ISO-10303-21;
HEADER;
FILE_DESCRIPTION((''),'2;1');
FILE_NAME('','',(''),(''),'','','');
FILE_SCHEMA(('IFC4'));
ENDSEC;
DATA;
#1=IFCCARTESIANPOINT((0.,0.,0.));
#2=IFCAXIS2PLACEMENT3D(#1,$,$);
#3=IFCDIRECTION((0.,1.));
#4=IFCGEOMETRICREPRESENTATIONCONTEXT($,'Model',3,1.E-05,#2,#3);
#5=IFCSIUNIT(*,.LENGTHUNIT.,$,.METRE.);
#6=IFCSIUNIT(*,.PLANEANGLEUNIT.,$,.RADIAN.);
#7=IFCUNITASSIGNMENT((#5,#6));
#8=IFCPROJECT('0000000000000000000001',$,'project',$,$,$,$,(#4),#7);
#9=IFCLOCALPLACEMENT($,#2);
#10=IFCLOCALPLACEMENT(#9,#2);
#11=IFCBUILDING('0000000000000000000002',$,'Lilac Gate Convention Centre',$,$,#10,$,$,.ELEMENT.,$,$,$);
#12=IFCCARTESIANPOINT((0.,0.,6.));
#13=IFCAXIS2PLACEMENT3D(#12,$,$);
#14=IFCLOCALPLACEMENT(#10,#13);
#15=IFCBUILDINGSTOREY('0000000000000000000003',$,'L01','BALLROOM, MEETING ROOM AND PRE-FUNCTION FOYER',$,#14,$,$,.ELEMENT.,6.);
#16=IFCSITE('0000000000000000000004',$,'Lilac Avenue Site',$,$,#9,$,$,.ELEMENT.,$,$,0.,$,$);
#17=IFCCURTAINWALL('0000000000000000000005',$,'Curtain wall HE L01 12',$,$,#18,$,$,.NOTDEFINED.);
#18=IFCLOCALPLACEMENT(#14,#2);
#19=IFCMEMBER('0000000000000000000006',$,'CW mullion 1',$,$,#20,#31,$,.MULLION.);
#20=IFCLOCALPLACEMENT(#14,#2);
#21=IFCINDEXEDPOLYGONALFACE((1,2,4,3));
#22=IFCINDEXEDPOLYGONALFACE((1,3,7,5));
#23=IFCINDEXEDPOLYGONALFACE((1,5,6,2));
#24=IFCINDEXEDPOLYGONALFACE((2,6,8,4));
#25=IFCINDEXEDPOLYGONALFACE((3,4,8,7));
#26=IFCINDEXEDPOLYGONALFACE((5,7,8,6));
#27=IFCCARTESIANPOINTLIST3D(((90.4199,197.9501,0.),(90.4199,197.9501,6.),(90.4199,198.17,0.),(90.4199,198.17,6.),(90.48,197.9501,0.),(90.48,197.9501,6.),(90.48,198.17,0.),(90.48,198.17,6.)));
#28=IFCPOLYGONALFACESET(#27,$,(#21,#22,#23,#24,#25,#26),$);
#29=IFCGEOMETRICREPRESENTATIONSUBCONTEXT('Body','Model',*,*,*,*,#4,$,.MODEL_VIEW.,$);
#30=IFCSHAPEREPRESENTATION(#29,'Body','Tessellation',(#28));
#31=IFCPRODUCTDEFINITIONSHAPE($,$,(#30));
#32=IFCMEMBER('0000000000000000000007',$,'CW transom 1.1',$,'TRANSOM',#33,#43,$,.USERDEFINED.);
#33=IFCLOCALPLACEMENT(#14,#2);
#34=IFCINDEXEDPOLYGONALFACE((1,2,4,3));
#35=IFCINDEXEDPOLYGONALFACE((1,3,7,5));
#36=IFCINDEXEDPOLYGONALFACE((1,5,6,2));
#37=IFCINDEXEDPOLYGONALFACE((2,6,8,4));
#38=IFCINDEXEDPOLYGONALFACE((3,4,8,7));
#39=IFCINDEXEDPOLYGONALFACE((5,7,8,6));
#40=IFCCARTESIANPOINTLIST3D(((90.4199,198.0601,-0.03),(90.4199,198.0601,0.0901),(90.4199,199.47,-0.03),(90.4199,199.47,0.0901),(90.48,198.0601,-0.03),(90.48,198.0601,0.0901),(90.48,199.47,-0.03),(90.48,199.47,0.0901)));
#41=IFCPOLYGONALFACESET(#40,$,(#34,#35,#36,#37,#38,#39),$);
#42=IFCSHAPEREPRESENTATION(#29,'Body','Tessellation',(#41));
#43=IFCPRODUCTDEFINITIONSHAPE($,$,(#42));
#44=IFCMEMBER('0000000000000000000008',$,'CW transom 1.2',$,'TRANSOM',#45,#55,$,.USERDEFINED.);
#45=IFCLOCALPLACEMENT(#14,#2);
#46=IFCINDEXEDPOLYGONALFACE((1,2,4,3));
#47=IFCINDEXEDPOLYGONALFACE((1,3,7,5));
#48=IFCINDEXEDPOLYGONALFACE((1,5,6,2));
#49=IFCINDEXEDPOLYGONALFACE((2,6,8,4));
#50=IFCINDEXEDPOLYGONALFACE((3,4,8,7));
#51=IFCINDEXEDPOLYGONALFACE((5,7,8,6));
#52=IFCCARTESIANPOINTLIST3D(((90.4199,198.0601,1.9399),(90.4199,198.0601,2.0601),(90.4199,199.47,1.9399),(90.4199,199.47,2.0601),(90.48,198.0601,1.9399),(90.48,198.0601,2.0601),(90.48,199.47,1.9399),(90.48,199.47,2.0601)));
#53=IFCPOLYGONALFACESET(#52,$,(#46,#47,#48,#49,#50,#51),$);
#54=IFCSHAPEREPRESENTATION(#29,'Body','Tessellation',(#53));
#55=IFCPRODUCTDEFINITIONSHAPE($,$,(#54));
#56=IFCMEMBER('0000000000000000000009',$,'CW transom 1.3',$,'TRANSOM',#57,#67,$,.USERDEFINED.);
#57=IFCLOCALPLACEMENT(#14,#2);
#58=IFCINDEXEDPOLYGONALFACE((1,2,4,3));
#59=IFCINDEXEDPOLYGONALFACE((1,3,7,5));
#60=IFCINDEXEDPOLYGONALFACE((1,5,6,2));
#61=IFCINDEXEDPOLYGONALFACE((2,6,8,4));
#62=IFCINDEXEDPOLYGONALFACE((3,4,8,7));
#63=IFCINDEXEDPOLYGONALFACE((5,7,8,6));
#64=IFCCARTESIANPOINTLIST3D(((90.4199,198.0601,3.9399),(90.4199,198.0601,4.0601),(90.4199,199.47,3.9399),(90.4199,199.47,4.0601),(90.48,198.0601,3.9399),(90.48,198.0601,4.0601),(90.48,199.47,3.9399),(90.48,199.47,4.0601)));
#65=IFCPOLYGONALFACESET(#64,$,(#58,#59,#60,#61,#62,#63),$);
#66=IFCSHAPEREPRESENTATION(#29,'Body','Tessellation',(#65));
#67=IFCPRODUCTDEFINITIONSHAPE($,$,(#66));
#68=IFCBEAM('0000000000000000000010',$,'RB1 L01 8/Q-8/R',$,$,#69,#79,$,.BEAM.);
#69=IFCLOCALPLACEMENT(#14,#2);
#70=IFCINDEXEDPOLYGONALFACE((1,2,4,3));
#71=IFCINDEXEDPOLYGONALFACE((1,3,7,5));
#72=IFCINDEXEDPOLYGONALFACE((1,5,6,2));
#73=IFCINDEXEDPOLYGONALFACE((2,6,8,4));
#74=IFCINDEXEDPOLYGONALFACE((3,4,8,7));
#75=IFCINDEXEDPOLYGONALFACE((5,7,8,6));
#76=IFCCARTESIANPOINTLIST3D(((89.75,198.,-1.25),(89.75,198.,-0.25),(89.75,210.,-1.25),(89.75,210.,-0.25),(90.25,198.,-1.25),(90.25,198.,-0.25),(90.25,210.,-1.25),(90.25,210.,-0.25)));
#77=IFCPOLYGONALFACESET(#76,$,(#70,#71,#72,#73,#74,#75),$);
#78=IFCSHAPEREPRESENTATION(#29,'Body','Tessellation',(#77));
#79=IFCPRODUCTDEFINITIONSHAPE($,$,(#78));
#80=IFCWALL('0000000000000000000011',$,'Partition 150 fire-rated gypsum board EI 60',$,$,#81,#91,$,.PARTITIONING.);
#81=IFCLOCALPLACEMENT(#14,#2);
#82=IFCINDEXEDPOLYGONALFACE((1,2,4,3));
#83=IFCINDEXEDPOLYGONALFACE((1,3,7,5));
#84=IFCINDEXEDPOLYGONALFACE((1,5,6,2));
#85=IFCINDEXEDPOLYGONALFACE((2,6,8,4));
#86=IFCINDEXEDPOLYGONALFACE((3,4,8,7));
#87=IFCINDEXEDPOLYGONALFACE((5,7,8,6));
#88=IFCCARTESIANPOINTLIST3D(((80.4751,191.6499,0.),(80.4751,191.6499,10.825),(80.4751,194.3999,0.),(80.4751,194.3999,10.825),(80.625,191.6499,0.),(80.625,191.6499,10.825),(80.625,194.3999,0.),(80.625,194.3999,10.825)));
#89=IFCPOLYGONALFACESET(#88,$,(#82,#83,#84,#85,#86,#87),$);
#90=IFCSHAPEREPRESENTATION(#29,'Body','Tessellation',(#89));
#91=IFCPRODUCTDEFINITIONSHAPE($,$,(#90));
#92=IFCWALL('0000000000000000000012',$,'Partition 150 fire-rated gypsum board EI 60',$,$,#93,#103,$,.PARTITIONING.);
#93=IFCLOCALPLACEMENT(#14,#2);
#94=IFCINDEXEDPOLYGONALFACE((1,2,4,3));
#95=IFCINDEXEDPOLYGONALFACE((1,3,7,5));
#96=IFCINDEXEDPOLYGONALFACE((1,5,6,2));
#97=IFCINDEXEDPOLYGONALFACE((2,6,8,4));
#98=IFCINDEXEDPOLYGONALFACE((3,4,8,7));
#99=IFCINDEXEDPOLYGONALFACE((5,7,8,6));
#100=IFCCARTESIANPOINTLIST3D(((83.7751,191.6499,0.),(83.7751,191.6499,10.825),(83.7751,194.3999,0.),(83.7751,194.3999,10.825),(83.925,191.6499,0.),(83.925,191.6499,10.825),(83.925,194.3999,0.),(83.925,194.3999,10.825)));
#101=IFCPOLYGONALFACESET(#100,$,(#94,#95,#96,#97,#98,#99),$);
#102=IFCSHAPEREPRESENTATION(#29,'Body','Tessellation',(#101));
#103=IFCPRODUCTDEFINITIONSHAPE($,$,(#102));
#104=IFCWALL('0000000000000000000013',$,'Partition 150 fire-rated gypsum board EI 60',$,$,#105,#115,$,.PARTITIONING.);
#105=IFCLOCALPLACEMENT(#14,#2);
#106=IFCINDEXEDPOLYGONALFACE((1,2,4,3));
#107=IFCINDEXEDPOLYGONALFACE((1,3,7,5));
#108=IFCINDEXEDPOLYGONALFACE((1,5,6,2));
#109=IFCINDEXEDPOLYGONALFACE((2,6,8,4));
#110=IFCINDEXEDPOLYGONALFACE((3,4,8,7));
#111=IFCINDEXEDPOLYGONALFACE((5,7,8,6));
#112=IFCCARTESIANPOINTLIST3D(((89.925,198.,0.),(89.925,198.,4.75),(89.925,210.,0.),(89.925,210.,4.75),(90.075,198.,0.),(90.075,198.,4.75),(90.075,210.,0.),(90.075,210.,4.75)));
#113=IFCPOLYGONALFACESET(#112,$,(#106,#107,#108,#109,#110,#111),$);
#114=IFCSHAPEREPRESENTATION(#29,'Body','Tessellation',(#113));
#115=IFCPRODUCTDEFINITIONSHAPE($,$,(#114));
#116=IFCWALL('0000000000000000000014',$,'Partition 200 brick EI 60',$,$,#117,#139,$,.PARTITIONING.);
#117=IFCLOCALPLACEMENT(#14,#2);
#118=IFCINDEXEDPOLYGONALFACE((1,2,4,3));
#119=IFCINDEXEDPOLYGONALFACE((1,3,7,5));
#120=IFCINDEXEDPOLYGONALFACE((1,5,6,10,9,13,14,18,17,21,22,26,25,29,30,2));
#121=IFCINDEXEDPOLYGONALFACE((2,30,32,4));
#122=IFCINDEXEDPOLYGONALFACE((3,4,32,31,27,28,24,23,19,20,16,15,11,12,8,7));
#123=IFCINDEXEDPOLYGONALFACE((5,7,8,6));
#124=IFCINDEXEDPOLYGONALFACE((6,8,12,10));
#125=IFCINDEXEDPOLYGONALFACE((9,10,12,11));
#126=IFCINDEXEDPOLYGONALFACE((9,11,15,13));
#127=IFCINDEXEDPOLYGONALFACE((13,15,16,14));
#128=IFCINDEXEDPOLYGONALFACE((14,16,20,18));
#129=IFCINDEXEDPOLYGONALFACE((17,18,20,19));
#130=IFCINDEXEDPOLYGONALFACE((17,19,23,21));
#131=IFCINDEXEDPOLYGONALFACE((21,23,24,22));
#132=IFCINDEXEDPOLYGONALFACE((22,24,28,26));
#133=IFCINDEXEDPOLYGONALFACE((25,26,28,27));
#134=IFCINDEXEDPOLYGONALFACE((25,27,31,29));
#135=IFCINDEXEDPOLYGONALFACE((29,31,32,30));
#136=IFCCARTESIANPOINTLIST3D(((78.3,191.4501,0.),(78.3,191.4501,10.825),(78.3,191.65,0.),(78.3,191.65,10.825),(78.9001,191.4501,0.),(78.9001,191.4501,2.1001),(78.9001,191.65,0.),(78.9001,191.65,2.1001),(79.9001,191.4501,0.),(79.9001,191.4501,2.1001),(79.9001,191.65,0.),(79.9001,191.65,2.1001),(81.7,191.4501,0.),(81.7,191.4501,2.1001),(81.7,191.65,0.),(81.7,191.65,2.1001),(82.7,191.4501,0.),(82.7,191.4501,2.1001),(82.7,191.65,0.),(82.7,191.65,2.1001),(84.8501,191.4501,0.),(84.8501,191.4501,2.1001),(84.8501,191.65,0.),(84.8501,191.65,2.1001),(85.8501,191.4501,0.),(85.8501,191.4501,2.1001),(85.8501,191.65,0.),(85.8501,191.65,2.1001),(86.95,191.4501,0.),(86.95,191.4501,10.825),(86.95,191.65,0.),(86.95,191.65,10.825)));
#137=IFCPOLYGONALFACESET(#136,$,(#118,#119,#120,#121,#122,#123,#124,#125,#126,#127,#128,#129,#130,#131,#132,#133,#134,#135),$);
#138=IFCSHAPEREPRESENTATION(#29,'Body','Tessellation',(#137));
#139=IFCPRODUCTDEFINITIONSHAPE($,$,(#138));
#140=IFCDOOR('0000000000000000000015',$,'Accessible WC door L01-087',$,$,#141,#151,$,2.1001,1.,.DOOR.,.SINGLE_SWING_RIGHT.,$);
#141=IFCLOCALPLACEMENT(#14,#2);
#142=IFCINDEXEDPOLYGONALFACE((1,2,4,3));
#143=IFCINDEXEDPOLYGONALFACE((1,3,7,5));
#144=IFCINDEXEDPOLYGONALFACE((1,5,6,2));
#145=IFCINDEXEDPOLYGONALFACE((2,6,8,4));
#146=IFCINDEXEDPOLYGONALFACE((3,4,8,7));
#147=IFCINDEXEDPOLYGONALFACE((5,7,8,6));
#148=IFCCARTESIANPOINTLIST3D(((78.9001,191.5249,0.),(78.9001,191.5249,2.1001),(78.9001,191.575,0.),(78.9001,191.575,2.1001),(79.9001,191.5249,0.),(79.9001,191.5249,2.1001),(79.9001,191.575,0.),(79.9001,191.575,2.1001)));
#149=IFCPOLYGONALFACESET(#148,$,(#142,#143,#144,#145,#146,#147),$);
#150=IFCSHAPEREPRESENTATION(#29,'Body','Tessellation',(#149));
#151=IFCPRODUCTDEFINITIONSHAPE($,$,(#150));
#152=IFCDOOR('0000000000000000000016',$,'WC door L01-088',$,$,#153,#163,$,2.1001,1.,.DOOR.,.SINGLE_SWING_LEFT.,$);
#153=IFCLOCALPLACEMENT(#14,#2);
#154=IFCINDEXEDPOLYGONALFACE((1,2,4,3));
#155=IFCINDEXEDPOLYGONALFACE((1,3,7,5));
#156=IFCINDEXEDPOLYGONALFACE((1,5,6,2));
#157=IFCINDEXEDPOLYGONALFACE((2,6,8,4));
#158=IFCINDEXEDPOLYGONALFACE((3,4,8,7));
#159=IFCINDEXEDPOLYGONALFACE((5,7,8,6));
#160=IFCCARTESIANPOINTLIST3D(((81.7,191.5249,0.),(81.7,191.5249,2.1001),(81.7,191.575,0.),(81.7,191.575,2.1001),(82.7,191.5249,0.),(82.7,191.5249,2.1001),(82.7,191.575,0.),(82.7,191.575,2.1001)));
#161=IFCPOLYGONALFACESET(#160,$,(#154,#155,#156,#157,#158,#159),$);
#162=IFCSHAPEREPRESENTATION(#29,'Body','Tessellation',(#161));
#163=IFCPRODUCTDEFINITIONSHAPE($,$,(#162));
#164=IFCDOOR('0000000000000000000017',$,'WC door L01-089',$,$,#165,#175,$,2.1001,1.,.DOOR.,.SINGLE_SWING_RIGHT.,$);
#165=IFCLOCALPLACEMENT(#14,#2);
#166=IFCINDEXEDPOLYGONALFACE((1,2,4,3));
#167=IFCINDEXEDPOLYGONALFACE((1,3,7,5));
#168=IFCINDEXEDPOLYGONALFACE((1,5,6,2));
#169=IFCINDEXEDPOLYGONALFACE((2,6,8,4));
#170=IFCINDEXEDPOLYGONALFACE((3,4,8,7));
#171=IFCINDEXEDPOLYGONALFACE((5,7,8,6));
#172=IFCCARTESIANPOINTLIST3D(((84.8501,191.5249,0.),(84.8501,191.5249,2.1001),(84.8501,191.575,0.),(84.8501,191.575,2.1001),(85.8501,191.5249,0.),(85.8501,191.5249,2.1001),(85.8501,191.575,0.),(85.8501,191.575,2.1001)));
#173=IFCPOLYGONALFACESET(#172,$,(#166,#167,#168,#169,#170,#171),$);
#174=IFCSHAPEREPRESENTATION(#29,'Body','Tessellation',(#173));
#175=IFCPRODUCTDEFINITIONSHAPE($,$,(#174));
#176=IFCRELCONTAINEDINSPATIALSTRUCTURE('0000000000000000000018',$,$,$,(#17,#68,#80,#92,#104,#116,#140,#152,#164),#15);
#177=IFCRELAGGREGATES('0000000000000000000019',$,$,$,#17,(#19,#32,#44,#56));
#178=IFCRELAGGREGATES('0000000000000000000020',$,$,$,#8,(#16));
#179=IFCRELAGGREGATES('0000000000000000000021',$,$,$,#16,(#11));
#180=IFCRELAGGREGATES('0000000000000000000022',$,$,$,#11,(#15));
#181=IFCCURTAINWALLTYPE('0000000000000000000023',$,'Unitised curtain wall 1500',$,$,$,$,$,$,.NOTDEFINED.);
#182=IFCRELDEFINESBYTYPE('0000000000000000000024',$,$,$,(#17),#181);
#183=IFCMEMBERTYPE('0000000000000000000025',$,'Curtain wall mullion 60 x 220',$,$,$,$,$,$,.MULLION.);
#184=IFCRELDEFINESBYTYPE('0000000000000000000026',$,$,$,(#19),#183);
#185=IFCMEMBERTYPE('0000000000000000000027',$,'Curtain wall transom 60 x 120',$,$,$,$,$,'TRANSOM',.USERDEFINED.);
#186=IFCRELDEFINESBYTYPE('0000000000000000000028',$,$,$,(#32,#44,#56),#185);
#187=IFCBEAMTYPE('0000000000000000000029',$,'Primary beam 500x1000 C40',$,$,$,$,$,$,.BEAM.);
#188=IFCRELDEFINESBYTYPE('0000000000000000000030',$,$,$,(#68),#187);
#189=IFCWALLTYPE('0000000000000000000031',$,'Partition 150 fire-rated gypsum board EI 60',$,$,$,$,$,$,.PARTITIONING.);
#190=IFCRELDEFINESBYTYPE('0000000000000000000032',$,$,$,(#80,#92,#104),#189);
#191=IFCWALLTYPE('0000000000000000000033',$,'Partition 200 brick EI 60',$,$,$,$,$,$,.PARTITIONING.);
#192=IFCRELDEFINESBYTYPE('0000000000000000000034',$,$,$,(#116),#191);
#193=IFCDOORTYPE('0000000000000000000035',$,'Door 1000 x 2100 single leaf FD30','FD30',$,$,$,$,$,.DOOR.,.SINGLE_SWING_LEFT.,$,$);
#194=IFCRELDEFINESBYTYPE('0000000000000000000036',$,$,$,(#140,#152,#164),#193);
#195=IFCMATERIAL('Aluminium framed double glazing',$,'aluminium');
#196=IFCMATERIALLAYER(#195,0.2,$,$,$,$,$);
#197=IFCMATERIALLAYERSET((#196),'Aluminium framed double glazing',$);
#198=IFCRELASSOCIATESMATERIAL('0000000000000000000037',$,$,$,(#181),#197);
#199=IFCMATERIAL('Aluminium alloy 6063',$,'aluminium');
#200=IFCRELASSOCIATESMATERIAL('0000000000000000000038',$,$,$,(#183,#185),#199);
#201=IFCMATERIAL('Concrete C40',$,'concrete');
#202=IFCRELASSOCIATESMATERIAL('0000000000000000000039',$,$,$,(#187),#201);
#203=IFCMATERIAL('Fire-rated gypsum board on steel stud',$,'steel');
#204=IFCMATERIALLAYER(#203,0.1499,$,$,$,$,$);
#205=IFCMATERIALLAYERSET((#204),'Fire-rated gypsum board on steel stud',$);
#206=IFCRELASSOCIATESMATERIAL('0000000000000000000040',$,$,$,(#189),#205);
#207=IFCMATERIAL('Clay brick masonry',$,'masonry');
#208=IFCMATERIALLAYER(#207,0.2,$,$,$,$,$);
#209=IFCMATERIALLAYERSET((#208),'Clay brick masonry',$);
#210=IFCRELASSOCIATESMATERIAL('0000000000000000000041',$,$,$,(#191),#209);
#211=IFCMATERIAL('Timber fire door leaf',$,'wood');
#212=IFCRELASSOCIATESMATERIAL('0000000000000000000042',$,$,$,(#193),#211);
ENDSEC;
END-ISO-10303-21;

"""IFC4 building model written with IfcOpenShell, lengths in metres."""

from ifc_helpers import new_model, si_unit, direction, frame, frame_2d, origin, origin_2d, place, context, subcontext, project, spatial, rectangle, extrude, material, layer, layer_set, material_profile, profile_set, type_object, element, fill, aggregate, save


model = new_model("IFC4")

# Units and contexts
model_context = context("Model", 3, precision=1e-05, world=origin(), true_north=direction((0.0, 1.0)))
body_context = subcontext(model_context, "Body", "Model", "MODEL_VIEW")
ifc_project = project(units=[si_unit("LENGTHUNIT", "METRE"), si_unit("PLANEANGLEUNIT", "RADIAN")], contexts=[model_context])

# Site, building, storey
site_placement = place(None, origin())
site = spatial("IfcSite", under=ifc_project, at=site_placement, Name="Lilac Avenue Site", CompositionType="ELEMENT", RefElevation=0.0)
building_placement = place(site_placement, origin())
building = spatial("IfcBuilding", under=site, at=building_placement, Name="Lilac Gate Convention Centre", CompositionType="ELEMENT")
storey_placement = place(building_placement, frame((0.0, 0.0, 6.0)))
storey = spatial("IfcBuildingStorey", under=building, at=storey_placement, Name="L01", Description="BALLROOM, MEETING ROOM AND PRE-FUNCTION FOYER", CompositionType="ELEMENT", Elevation=6.0)

# Curtain wall, members
ifc_material_1 = material(Name="Aluminium framed double glazing", Category="aluminium")
ifc_layer_1 = layer(ifc_material_1, 0.2)
ifc_layer_set_1 = layer_set([ifc_layer_1], Name="Aluminium framed double glazing")
curtain_wall_type = type_object("IfcCurtainWallType", Name="Unitised curtain wall 1500", PredefinedType="NOTDEFINED", material=ifc_layer_set_1)
curtain_wall_placement = place(storey_placement, origin())
curtain_wall = element("IfcCurtainWall", 1, at=curtain_wall_placement, inside=storey, type_object=curtain_wall_type, Name="Curtain wall HE L01 12", PredefinedType="NOTDEFINED")
ifc_material_2 = material(Name="Aluminium alloy 6063", Category="aluminium")
ifc_material_profile_1 = material_profile(ifc_material_2, rectangle(XDim=0.0601, YDim=0.22, at=origin_2d()), Name="Curtain wall mullion 60 x 220")
ifc_profile_set_1 = profile_set([ifc_material_profile_1], Name="Aluminium alloy 6063")
member_type_1 = type_object("IfcMemberType", Name="Curtain wall mullion 60 x 220", PredefinedType="MULLION", material=ifc_profile_set_1)
member_1_placement = place(storey_placement, frame((90.45, 198.0601, 0.0), z_axis=(0.0, 0.0, 1.0), x_axis=(-1.0, 0.0, 0.0)))
member_1 = element("IfcMember", 2, at=member_1_placement, type_object=member_type_1, Name="CW mullion 1", PredefinedType="MULLION", context=body_context, shape_type="SweptSolid", body=[
    extrude(rectangle(XDim=0.0601, YDim=0.22, at=origin_2d()), origin(), (0.0, 0.0, 1.0), 6.0),
])
ifc_material_profile_2 = material_profile(ifc_material_2, rectangle(XDim=0.0601, YDim=0.1201, at=origin_2d()), Name="Curtain wall transom 60 x 120")
ifc_profile_set_2 = profile_set([ifc_material_profile_2], Name="Aluminium alloy 6063")
member_type_2 = type_object("IfcMemberType", Name="Curtain wall transom 60 x 120", ElementType="TRANSOM", PredefinedType="USERDEFINED", material=ifc_profile_set_2)
member_2_placement = place(storey_placement, frame((90.45, 198.0601, 0.03), z_axis=(0.0, 1.0, 0.0), x_axis=(-1.0, 0.0, 0.0)))
member_2 = element("IfcMember", 3, at=member_2_placement, type_object=member_type_2, Name="CW transom 1.1", ObjectType="TRANSOM", PredefinedType="USERDEFINED", context=body_context, shape_type="SweptSolid", body=[
    extrude(rectangle(XDim=0.0601, YDim=0.1201, at=origin_2d()), origin(), (0.0, 0.0, 1.0), 1.4099),
])
member_3_placement = place(storey_placement, frame((90.45, 198.0601, 2.0), z_axis=(0.0, 1.0, 0.0), x_axis=(-1.0, 0.0, 0.0)))
member_3 = element("IfcMember", 4, at=member_3_placement, type_object=member_type_2, Name="CW transom 1.2", ObjectType="TRANSOM", PredefinedType="USERDEFINED", context=body_context, shape_type="SweptSolid", body=[
    extrude(rectangle(XDim=0.0601, YDim=0.1201, at=origin_2d()), origin(), (0.0, 0.0, 1.0), 1.4099),
])
member_4_placement = place(storey_placement, frame((90.45, 198.0601, 4.0), z_axis=(0.0, 1.0, 0.0), x_axis=(-1.0, 0.0, 0.0)))
member_4 = element("IfcMember", 5, at=member_4_placement, type_object=member_type_2, Name="CW transom 1.3", ObjectType="TRANSOM", PredefinedType="USERDEFINED", context=body_context, shape_type="SweptSolid", body=[
    extrude(rectangle(XDim=0.0601, YDim=0.1201, at=origin_2d()), origin(), (0.0, 0.0, 1.0), 1.4099),
])
aggregate(curtain_wall, [member_1, member_2, member_3, member_4])

# Beam
ifc_material_3 = material(Name="Concrete C40", Category="concrete")
ifc_material_profile_3 = material_profile(ifc_material_3, rectangle(XDim=0.5, YDim=1.0, at=origin_2d()), Name="RC 500x1000")
ifc_profile_set_3 = profile_set([ifc_material_profile_3], Name="Concrete C40")
beam_type = type_object("IfcBeamType", Name="Primary beam 500x1000 C40", PredefinedType="BEAM", material=ifc_profile_set_3)
beam_placement = place(storey_placement, frame((90.0, 198.0, -0.75), z_axis=(0.0, 1.0, 0.0), x_axis=(-1.0, 0.0, 0.0)))
element("IfcBeam", 6, at=beam_placement, inside=storey, type_object=beam_type, Name="RB1 L01 8/Q-8/R", PredefinedType="BEAM", context=body_context, shape_type="SweptSolid", body=[
    extrude(rectangle(XDim=0.5, YDim=1.0, at=origin_2d()), origin(), (0.0, 0.0, 1.0), 12.0),
])

# Walls
ifc_material_4 = material(Name="Fire-rated gypsum board on steel stud", Category="steel")
ifc_layer_2 = layer(ifc_material_4, 0.1499)
ifc_layer_set_2 = layer_set([ifc_layer_2], Name="Fire-rated gypsum board on steel stud")
wall_type_1 = type_object("IfcWallType", Name="Partition 150 fire-rated gypsum board EI 60", PredefinedType="PARTITIONING", material=ifc_layer_set_2)
for number, where, z_axis, x_axis, name in (
    (7, (80.55, 191.6499, 0.0), (0.0, 0.0, 1.0), (0.0, 1.0, 0.0), "Partition 150 fire-rated gypsum board EI 60"),
    (8, (83.8501, 191.6499, 0.0), (0.0, 0.0, 1.0), (0.0, 1.0, 0.0), "Partition 150 fire-rated gypsum board EI 60"),
):
    element("IfcWall", number, at=place(storey_placement, frame(where, z_axis=z_axis, x_axis=x_axis)), inside=storey, type_object=wall_type_1, Name=name, PredefinedType="PARTITIONING", context=body_context, shape_type="SweptSolid", body=[
        extrude(rectangle(XDim=2.75, YDim=0.1499, at=frame_2d((1.375, 0.0))), origin(), (0.0, 0.0, 1.0), 10.825),
    ])
wall_1_placement = place(storey_placement, frame((90.0, 198.0, 0.0), z_axis=(0.0, 0.0, 1.0), x_axis=(0.0, 1.0, 0.0)))
element("IfcWall", 9, at=wall_1_placement, inside=storey, type_object=wall_type_1, Name="Partition 150 fire-rated gypsum board EI 60", PredefinedType="PARTITIONING", context=body_context, shape_type="SweptSolid", body=[
    extrude(rectangle(XDim=12.0, YDim=0.1499, at=frame_2d((6.0, 0.0))), origin(), (0.0, 0.0, 1.0), 4.75),
])

# Wall, openings, doors
ifc_material_5 = material(Name="Clay brick masonry", Category="masonry")
ifc_layer_3 = layer(ifc_material_5, 0.2)
ifc_layer_set_3 = layer_set([ifc_layer_3], Name="Clay brick masonry")
wall_type_2 = type_object("IfcWallType", Name="Partition 200 brick EI 60", PredefinedType="PARTITIONING", material=ifc_layer_set_3)
wall_2_placement = place(storey_placement, frame((78.3, 191.55, 0.0), z_axis=(0.0, 0.0, 1.0), x_axis=(1.0, 0.0, 0.0)))
wall_2 = element("IfcWall", 10, at=wall_2_placement, inside=storey, type_object=wall_type_2, Name="Partition 200 brick EI 60", PredefinedType="PARTITIONING", context=body_context, shape_type="SweptSolid", body=[
    extrude(rectangle(XDim=8.6499, YDim=0.2, at=frame_2d((4.325, 0.0))), origin(), (0.0, 0.0, 1.0), 10.825),
])
opening_1_placement = place(wall_2_placement, frame((0.6001, 0.0, 0.0)))
opening_1 = element("IfcOpeningElement", 11, at=opening_1_placement, cuts=wall_2, PredefinedType="OPENING", context=body_context, shape_type="SweptSolid", body=[
    extrude(rectangle(XDim=1.0, YDim=2.1001, at=frame_2d((0.5, 1.05))), frame((0.0, 0.1099, 0.0), z_axis=(0.0, -1.0, 0.0), x_axis=(1.0, 0.0, 0.0)), (0.0, 0.0, 1.0), 0.22),
])
opening_2_placement = place(wall_2_placement, frame((3.3999, 0.0, 0.0)))
opening_2 = element("IfcOpeningElement", 12, at=opening_2_placement, cuts=wall_2, PredefinedType="OPENING", context=body_context, shape_type="SweptSolid", body=[
    extrude(rectangle(XDim=1.0, YDim=2.1001, at=frame_2d((0.5, 1.05))), frame((0.0, 0.1099, 0.0), z_axis=(0.0, -1.0, 0.0), x_axis=(1.0, 0.0, 0.0)), (0.0, 0.0, 1.0), 0.22),
])
opening_3_placement = place(wall_2_placement, frame((6.55, 0.0, 0.0)))
opening_3 = element("IfcOpeningElement", 13, at=opening_3_placement, cuts=wall_2, PredefinedType="OPENING", context=body_context, shape_type="SweptSolid", body=[
    extrude(rectangle(XDim=1.0, YDim=2.1001, at=frame_2d((0.5, 1.05))), frame((0.0, 0.1099, 0.0), z_axis=(0.0, -1.0, 0.0), x_axis=(1.0, 0.0, 0.0)), (0.0, 0.0, 1.0), 0.22),
])
ifc_material_6 = material(Name="Timber fire door leaf", Category="wood")
door_type_1 = type_object("IfcDoorType", Name="Door 1000 x 2100 single leaf FD30", Description="FD30", OperationType="SINGLE_SWING_LEFT", PredefinedType="DOOR", material=ifc_material_6)
door_1_placement = place(opening_1_placement, origin())
door_1 = element("IfcDoor", 14, at=door_1_placement, inside=storey, type_object=door_type_1, Name="Accessible WC door L01-087", OperationType="SINGLE_SWING_RIGHT", OverallHeight=2.1001, OverallWidth=1.0, PredefinedType="DOOR", context=body_context, shape_type="SweptSolid", body=[
    extrude(rectangle(XDim=1.0, YDim=2.1001, at=frame_2d((0.5, 1.05))), frame((0.0, 0.0249, 0.0), z_axis=(0.0, -1.0, 0.0), x_axis=(1.0, 0.0, 0.0)), (0.0, 0.0, 1.0), 0.05),
])
fill(opening_1, door_1)
door_2_placement = place(opening_2_placement, origin())
door_2 = element("IfcDoor", 15, at=door_2_placement, inside=storey, type_object=door_type_1, Name="WC door L01-088", OperationType="SINGLE_SWING_LEFT", OverallHeight=2.1001, OverallWidth=1.0, PredefinedType="DOOR", context=body_context, shape_type="SweptSolid", body=[
    extrude(rectangle(XDim=1.0, YDim=2.1001, at=frame_2d((0.5, 1.05))), frame((0.0, 0.0249, 0.0), z_axis=(0.0, -1.0, 0.0), x_axis=(1.0, 0.0, 0.0)), (0.0, 0.0, 1.0), 0.05),
])
fill(opening_2, door_2)
door_3_placement = place(opening_3_placement, origin())
door_3 = element("IfcDoor", 16, at=door_3_placement, inside=storey, type_object=door_type_1, Name="WC door L01-089", OperationType="SINGLE_SWING_RIGHT", OverallHeight=2.1001, OverallWidth=1.0, PredefinedType="DOOR", context=body_context, shape_type="SweptSolid", body=[
    extrude(rectangle(XDim=1.0, YDim=2.1001, at=frame_2d((0.5, 1.05))), frame((0.0, 0.0249, 0.0), z_axis=(0.0, -1.0, 0.0), x_axis=(1.0, 0.0, 0.0)), (0.0, 0.0, 1.0), 0.05),
])
fill(opening_3, door_3)

save(model, "model.ifc")
